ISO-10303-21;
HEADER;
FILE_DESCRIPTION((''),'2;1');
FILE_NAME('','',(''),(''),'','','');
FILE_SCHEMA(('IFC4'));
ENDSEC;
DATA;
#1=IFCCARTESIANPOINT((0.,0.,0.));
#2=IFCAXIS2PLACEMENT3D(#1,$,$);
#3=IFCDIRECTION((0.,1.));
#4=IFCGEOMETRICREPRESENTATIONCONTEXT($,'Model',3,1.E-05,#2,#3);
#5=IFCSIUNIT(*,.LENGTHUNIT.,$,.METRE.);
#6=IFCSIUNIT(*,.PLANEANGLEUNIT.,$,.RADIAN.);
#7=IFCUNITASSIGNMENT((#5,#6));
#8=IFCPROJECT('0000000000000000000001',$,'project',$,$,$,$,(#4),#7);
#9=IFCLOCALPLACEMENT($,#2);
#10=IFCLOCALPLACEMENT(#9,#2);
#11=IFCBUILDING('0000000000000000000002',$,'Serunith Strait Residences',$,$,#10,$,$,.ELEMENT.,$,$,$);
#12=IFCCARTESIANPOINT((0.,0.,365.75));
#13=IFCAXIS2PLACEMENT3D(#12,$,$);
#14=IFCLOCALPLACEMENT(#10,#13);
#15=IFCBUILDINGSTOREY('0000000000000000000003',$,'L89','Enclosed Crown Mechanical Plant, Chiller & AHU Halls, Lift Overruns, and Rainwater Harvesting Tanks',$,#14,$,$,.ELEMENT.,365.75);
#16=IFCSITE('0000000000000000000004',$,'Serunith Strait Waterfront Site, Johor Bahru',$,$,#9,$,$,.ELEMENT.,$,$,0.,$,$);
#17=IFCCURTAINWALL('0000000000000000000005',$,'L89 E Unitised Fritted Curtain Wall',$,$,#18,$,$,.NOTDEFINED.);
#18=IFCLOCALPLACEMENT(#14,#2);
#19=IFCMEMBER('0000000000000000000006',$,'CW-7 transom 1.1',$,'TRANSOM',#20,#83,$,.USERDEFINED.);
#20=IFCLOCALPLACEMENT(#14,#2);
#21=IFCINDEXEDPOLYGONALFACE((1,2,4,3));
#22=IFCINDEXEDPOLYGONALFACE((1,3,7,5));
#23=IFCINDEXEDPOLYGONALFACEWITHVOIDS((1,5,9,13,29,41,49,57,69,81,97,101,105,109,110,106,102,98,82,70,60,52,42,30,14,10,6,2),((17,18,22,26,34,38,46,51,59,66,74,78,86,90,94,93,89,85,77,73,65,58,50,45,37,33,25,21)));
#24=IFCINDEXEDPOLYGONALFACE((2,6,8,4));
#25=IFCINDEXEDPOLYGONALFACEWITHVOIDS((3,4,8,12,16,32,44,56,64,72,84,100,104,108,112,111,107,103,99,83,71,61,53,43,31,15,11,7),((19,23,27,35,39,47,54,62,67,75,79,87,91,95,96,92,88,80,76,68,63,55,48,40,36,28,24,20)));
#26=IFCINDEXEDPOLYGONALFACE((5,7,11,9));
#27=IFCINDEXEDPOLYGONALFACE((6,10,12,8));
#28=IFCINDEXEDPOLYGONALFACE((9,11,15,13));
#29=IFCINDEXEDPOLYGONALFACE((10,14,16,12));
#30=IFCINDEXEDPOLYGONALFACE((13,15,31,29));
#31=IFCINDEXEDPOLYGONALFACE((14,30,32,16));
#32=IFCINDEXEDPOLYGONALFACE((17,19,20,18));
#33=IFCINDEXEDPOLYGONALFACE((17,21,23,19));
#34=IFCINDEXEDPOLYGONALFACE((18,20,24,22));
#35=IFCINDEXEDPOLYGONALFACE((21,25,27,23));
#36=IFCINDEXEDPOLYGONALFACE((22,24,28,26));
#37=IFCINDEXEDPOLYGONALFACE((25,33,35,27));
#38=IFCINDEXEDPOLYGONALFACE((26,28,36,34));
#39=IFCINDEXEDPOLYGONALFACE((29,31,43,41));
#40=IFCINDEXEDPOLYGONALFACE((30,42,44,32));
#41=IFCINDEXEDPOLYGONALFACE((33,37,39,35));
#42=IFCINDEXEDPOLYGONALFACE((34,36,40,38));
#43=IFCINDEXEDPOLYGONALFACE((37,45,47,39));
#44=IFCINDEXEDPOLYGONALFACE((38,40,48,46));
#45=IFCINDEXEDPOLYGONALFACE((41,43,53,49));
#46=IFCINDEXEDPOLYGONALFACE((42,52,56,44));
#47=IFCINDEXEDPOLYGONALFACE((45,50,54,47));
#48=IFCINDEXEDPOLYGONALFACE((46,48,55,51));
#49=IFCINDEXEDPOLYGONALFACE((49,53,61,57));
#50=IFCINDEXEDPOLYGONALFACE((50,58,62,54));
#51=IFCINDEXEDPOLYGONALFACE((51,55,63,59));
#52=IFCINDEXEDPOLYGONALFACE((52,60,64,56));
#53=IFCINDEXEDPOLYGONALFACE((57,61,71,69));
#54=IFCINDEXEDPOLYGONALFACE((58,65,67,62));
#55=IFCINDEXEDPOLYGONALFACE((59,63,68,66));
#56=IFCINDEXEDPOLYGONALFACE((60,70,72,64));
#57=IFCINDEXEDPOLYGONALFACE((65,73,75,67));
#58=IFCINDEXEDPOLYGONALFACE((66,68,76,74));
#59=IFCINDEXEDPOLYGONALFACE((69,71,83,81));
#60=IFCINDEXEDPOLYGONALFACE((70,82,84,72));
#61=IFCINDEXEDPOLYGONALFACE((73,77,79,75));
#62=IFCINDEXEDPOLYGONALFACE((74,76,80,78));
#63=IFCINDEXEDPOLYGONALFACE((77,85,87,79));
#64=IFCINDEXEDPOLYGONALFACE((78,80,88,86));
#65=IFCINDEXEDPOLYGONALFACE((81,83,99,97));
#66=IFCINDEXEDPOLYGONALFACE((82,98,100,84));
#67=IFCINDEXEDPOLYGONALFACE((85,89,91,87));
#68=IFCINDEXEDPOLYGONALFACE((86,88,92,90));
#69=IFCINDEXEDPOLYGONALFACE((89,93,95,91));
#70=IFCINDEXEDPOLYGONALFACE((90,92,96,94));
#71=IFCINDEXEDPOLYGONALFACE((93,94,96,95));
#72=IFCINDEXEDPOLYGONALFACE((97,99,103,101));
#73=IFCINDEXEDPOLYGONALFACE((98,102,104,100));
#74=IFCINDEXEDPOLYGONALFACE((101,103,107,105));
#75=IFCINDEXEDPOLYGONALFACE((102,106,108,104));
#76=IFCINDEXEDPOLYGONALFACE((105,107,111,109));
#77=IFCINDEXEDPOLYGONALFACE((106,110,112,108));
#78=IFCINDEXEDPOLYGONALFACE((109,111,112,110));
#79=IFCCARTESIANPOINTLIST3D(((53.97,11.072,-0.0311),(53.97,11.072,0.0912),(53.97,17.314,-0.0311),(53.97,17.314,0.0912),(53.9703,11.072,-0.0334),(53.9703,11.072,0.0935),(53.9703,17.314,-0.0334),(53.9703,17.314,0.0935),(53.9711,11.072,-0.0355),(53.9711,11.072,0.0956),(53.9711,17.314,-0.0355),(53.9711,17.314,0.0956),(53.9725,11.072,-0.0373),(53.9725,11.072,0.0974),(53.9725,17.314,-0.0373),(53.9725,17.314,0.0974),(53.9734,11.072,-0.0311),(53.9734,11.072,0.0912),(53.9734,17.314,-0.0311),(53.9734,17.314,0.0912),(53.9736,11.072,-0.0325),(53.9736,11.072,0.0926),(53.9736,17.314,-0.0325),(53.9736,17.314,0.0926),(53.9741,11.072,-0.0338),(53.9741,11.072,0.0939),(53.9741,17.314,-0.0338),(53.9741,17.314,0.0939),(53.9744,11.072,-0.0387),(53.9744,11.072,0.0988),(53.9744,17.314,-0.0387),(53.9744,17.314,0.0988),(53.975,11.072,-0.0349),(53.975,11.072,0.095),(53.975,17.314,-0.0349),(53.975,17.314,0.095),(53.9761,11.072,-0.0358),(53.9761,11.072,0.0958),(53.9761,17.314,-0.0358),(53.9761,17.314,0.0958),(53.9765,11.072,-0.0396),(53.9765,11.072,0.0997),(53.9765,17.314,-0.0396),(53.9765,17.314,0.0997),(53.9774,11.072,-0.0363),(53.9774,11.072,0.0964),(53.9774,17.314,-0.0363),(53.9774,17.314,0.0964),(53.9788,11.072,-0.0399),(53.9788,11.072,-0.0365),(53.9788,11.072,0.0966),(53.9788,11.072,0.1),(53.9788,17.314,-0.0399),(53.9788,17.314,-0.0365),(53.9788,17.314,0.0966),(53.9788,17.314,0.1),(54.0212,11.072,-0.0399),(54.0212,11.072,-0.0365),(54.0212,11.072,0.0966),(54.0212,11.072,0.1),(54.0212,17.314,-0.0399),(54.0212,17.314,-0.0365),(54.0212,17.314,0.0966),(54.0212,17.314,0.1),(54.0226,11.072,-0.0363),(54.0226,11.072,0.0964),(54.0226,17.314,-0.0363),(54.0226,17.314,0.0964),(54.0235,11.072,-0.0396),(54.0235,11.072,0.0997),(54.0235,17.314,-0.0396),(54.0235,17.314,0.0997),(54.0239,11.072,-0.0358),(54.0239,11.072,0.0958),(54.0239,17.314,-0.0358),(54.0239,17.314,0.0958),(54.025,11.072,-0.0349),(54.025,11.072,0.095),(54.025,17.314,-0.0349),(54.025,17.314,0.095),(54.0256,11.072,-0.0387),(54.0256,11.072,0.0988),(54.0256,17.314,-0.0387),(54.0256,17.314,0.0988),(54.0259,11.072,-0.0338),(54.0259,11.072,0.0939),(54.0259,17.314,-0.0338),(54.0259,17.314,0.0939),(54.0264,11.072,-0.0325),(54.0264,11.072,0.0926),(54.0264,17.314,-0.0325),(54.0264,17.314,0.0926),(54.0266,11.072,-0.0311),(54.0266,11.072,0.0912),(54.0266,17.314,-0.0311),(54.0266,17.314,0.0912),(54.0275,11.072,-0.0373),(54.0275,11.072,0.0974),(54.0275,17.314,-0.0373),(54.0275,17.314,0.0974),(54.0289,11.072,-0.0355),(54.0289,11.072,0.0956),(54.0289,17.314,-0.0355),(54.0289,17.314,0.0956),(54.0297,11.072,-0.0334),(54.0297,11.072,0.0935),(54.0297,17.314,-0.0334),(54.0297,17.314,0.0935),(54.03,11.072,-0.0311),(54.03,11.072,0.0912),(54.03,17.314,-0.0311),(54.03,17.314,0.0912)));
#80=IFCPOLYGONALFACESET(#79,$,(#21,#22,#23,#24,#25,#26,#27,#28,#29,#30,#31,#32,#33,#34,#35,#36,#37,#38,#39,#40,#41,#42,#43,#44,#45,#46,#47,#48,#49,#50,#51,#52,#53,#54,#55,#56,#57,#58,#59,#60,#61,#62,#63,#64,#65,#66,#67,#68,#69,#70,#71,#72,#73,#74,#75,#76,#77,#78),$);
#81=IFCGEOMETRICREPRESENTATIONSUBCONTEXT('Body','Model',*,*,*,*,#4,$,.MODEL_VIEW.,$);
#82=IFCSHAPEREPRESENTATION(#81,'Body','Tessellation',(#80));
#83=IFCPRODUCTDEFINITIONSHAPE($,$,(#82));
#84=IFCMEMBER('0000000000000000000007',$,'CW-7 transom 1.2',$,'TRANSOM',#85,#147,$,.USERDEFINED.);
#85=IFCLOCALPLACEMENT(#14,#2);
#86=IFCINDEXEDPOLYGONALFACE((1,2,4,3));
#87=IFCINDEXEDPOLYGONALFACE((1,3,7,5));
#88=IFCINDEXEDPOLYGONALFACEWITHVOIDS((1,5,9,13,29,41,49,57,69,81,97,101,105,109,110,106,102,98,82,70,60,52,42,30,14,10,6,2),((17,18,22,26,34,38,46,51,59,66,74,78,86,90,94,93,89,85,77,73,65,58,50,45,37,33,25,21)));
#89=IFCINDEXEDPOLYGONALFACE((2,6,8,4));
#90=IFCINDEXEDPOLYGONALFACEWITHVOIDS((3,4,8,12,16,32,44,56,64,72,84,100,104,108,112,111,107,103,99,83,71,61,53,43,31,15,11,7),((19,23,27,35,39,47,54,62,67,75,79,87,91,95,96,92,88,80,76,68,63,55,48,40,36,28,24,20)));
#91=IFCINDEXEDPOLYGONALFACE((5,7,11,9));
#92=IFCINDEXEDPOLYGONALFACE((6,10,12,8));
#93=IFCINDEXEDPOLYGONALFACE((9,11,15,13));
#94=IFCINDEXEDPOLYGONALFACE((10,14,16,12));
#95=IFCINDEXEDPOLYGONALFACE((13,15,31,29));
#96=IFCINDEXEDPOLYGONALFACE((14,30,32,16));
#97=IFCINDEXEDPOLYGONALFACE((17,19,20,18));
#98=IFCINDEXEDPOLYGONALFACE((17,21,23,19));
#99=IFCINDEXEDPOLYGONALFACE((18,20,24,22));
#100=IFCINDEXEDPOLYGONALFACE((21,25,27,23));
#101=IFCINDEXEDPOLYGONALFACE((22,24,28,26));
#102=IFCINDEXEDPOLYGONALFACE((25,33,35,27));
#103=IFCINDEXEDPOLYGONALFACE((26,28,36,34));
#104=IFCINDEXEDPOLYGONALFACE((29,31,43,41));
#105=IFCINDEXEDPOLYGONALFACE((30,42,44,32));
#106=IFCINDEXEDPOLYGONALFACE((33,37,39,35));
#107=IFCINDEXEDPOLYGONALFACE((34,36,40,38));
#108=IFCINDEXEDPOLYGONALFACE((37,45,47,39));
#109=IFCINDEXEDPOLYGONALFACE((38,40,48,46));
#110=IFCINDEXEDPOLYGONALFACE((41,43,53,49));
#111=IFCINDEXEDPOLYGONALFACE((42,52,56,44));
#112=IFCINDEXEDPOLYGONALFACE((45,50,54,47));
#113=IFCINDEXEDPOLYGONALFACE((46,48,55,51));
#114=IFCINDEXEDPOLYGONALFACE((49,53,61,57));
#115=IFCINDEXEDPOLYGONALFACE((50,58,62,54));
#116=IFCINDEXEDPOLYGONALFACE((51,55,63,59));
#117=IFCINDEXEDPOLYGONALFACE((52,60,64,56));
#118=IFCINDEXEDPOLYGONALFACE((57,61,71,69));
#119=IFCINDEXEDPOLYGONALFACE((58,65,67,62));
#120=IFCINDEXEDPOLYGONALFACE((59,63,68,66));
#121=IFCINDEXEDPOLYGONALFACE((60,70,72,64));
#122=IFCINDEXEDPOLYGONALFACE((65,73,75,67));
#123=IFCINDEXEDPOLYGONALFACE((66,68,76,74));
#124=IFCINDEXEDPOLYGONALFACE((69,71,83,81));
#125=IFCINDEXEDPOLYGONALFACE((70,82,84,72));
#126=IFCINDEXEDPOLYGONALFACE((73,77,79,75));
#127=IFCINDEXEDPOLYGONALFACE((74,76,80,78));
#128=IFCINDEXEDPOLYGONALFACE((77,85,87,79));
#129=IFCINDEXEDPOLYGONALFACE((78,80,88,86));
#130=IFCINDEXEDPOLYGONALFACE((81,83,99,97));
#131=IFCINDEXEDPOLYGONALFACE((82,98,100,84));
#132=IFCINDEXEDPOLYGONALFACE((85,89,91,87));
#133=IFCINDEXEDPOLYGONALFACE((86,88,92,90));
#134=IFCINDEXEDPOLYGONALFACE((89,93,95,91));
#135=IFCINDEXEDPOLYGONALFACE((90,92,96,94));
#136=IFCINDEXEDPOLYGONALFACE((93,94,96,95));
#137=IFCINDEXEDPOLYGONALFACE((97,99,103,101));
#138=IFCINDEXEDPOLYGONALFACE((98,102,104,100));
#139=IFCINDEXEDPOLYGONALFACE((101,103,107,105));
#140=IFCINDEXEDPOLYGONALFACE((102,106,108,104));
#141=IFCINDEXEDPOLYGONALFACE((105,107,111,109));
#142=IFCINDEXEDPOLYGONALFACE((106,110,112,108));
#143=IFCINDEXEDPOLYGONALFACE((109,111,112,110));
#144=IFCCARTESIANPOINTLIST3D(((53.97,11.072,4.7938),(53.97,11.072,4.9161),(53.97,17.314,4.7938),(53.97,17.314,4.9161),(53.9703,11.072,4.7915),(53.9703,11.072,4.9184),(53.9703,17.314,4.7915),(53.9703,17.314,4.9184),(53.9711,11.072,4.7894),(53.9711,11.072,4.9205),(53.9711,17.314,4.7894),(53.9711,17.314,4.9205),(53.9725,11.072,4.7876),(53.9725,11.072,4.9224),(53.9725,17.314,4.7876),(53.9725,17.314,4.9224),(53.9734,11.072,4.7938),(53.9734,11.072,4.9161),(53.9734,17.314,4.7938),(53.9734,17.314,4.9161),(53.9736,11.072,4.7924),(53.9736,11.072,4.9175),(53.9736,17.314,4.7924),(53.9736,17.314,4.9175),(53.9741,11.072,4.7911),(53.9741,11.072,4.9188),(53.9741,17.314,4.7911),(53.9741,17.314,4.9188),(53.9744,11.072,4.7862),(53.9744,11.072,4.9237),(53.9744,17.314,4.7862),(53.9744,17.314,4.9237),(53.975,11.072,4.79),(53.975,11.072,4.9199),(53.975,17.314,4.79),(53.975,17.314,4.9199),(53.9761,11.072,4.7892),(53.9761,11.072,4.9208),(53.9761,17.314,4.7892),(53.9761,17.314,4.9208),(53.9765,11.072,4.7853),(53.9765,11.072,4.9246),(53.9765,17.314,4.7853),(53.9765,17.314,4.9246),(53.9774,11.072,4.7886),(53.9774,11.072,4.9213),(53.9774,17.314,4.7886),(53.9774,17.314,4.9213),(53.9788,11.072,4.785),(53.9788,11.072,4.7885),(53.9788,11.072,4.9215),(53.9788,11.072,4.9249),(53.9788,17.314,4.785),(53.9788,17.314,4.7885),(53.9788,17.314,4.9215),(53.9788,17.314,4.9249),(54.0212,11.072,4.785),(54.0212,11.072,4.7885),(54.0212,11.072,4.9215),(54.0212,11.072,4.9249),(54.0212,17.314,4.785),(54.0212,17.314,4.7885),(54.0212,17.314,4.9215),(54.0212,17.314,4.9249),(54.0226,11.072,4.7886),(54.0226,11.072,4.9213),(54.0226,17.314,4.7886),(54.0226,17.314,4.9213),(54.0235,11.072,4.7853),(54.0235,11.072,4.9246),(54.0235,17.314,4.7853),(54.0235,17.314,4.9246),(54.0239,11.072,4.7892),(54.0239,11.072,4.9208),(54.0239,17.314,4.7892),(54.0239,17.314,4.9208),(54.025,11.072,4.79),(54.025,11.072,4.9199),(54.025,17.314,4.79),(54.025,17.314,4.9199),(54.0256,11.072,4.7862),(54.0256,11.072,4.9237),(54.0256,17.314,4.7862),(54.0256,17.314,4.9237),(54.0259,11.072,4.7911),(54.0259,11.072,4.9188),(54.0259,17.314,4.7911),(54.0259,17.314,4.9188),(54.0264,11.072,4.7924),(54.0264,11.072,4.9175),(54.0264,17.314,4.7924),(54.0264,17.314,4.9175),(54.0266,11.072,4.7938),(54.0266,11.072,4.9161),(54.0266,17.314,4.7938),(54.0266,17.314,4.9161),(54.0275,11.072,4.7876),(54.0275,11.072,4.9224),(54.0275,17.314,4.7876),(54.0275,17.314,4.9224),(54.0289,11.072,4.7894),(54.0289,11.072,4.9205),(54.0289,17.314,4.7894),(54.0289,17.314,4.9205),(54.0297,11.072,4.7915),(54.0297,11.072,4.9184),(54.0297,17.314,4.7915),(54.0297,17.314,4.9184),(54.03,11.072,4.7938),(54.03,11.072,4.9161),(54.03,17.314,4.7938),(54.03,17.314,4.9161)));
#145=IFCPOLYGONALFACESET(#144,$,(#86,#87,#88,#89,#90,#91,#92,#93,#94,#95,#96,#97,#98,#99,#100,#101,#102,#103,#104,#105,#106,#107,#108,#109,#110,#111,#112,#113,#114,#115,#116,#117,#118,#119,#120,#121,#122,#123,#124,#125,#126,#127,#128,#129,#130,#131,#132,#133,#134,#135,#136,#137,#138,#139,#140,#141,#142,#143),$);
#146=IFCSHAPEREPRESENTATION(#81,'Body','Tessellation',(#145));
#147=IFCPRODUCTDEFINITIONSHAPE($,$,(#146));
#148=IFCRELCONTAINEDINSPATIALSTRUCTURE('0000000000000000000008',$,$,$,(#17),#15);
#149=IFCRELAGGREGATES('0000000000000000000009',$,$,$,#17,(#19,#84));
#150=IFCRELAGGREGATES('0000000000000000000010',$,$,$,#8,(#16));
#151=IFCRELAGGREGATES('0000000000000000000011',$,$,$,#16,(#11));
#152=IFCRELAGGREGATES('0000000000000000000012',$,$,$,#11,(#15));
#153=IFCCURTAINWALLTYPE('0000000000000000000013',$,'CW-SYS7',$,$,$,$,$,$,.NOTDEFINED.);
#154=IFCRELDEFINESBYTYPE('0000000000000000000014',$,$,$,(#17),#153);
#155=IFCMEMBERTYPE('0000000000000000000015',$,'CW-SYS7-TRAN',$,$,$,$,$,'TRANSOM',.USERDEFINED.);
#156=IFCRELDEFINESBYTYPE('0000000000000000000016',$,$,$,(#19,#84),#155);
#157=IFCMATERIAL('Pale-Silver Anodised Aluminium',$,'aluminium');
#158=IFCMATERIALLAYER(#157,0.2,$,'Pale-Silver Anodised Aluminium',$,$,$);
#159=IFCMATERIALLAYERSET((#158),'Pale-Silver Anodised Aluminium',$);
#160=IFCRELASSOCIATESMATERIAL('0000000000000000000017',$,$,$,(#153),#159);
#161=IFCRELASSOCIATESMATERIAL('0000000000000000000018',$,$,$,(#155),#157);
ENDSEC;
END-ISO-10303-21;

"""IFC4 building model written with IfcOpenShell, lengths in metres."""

from ifc_helpers import new_model, si_unit, direction, frame, origin, origin_2d, place, context, subcontext, project, spatial, hollow_rectangle, extrude, source, transform, mapped, material, layer, layer_set, material_profile, profile_set, type_object, element, aggregate, save


model = new_model("IFC4")

# Units and contexts
model_context = context("Model", 3, precision=1e-05, world=origin(), true_north=direction((0.0, 1.0)))
body_context = subcontext(model_context, "Body", "Model", "MODEL_VIEW")
ifc_project = project(units=[si_unit("LENGTHUNIT", "METRE"), si_unit("PLANEANGLEUNIT", "RADIAN")], contexts=[model_context])

# Site, building, storey
site_placement = place(None, origin())
site = spatial("IfcSite", under=ifc_project, at=site_placement, Name="Serunith Strait Waterfront Site, Johor Bahru", CompositionType="ELEMENT", RefElevation=0.0)
building_placement = place(site_placement, origin())
building = spatial("IfcBuilding", under=site, at=building_placement, Name="Serunith Strait Residences", CompositionType="ELEMENT")
storey_placement = place(building_placement, frame((0.0, 0.0, 365.75)))
storey = spatial("IfcBuildingStorey", under=building, at=storey_placement, Name="L89", Description="Enclosed Crown Mechanical Plant, Chiller & AHU Halls, Lift Overruns, and Rainwater Harvesting Tanks", CompositionType="ELEMENT", Elevation=365.75)

# Shared definitions
ifc_material_1 = material(Name="Pale-Silver Anodised Aluminium", Category="aluminium")
ifc_layer_1 = layer(ifc_material_1, 0.2, Name="Pale-Silver Anodised Aluminium")
ifc_layer_set_1 = layer_set([ifc_layer_1], Name="Pale-Silver Anodised Aluminium")
curtain_wall_type = type_object("IfcCurtainWallType", Name="CW-SYS7", PredefinedType="NOTDEFINED", material=ifc_layer_set_1)

# Curtain wall, members
curtain_wall_1_placement = place(storey_placement, origin())
curtain_wall_1 = element("IfcCurtainWall", 1, at=curtain_wall_1_placement, inside=storey, type_object=curtain_wall_type, Name="L89 E Unitised Fritted Curtain Wall", PredefinedType="NOTDEFINED")
ifc_material_profile_1 = material_profile(ifc_material_1, hollow_rectangle(XDim=0.0601, YDim=0.1399, WallThickness=0.0034, InnerFilletRadius=0.0054, OuterFilletRadius=0.0088, at=origin_2d()), Name="ALU 140x60x3.5")
ifc_profile_set_1 = profile_set([ifc_material_profile_1], Name="Pale-Silver Anodised Aluminium")
member_type_1 = type_object("IfcMemberType", Name="CW-SYS7-TRAN", ElementType="TRANSOM", PredefinedType="USERDEFINED", material=ifc_profile_set_1)
shared_shape_1 = source(origin(), body_context, "Body", "SweptSolid", [
    extrude(hollow_rectangle(XDim=0.0601, YDim=0.1399, WallThickness=0.0034, InnerFilletRadius=0.0054, OuterFilletRadius=0.0088, at=origin_2d()), origin(), (0.0, 0.0, 1.0), 6.2419),
])
member_1_placement = place(storey_placement, frame((54.0, 11.072, 0.03), z_axis=(0.0, 1.0, 0.0), x_axis=(-1.0, 0.0, 0.0)))
member_1 = element("IfcMember", 2, at=member_1_placement, type_object=member_type_1, Name="CW-7 transom 1.1", ObjectType="TRANSOM", PredefinedType="USERDEFINED", context=body_context, shape_type="MappedRepresentation", body=[
    mapped(shared_shape_1, transform((0.0, 0.0, 0.0), scale=1.0)),
])
member_2_placement = place(storey_placement, frame((54.0, 11.072, 4.855), z_axis=(0.0, 1.0, 0.0), x_axis=(-1.0, 0.0, 0.0)))
member_2 = element("IfcMember", 3, at=member_2_placement, type_object=member_type_1, Name="CW-7 transom 1.2", ObjectType="TRANSOM", PredefinedType="USERDEFINED", context=body_context, shape_type="MappedRepresentation", body=[
    mapped(shared_shape_1, transform((0.0, 0.0, 0.0), scale=1.0)),
])

aggregate(curtain_wall_1, [member_1, member_2])

save(model, "model.ifc")
